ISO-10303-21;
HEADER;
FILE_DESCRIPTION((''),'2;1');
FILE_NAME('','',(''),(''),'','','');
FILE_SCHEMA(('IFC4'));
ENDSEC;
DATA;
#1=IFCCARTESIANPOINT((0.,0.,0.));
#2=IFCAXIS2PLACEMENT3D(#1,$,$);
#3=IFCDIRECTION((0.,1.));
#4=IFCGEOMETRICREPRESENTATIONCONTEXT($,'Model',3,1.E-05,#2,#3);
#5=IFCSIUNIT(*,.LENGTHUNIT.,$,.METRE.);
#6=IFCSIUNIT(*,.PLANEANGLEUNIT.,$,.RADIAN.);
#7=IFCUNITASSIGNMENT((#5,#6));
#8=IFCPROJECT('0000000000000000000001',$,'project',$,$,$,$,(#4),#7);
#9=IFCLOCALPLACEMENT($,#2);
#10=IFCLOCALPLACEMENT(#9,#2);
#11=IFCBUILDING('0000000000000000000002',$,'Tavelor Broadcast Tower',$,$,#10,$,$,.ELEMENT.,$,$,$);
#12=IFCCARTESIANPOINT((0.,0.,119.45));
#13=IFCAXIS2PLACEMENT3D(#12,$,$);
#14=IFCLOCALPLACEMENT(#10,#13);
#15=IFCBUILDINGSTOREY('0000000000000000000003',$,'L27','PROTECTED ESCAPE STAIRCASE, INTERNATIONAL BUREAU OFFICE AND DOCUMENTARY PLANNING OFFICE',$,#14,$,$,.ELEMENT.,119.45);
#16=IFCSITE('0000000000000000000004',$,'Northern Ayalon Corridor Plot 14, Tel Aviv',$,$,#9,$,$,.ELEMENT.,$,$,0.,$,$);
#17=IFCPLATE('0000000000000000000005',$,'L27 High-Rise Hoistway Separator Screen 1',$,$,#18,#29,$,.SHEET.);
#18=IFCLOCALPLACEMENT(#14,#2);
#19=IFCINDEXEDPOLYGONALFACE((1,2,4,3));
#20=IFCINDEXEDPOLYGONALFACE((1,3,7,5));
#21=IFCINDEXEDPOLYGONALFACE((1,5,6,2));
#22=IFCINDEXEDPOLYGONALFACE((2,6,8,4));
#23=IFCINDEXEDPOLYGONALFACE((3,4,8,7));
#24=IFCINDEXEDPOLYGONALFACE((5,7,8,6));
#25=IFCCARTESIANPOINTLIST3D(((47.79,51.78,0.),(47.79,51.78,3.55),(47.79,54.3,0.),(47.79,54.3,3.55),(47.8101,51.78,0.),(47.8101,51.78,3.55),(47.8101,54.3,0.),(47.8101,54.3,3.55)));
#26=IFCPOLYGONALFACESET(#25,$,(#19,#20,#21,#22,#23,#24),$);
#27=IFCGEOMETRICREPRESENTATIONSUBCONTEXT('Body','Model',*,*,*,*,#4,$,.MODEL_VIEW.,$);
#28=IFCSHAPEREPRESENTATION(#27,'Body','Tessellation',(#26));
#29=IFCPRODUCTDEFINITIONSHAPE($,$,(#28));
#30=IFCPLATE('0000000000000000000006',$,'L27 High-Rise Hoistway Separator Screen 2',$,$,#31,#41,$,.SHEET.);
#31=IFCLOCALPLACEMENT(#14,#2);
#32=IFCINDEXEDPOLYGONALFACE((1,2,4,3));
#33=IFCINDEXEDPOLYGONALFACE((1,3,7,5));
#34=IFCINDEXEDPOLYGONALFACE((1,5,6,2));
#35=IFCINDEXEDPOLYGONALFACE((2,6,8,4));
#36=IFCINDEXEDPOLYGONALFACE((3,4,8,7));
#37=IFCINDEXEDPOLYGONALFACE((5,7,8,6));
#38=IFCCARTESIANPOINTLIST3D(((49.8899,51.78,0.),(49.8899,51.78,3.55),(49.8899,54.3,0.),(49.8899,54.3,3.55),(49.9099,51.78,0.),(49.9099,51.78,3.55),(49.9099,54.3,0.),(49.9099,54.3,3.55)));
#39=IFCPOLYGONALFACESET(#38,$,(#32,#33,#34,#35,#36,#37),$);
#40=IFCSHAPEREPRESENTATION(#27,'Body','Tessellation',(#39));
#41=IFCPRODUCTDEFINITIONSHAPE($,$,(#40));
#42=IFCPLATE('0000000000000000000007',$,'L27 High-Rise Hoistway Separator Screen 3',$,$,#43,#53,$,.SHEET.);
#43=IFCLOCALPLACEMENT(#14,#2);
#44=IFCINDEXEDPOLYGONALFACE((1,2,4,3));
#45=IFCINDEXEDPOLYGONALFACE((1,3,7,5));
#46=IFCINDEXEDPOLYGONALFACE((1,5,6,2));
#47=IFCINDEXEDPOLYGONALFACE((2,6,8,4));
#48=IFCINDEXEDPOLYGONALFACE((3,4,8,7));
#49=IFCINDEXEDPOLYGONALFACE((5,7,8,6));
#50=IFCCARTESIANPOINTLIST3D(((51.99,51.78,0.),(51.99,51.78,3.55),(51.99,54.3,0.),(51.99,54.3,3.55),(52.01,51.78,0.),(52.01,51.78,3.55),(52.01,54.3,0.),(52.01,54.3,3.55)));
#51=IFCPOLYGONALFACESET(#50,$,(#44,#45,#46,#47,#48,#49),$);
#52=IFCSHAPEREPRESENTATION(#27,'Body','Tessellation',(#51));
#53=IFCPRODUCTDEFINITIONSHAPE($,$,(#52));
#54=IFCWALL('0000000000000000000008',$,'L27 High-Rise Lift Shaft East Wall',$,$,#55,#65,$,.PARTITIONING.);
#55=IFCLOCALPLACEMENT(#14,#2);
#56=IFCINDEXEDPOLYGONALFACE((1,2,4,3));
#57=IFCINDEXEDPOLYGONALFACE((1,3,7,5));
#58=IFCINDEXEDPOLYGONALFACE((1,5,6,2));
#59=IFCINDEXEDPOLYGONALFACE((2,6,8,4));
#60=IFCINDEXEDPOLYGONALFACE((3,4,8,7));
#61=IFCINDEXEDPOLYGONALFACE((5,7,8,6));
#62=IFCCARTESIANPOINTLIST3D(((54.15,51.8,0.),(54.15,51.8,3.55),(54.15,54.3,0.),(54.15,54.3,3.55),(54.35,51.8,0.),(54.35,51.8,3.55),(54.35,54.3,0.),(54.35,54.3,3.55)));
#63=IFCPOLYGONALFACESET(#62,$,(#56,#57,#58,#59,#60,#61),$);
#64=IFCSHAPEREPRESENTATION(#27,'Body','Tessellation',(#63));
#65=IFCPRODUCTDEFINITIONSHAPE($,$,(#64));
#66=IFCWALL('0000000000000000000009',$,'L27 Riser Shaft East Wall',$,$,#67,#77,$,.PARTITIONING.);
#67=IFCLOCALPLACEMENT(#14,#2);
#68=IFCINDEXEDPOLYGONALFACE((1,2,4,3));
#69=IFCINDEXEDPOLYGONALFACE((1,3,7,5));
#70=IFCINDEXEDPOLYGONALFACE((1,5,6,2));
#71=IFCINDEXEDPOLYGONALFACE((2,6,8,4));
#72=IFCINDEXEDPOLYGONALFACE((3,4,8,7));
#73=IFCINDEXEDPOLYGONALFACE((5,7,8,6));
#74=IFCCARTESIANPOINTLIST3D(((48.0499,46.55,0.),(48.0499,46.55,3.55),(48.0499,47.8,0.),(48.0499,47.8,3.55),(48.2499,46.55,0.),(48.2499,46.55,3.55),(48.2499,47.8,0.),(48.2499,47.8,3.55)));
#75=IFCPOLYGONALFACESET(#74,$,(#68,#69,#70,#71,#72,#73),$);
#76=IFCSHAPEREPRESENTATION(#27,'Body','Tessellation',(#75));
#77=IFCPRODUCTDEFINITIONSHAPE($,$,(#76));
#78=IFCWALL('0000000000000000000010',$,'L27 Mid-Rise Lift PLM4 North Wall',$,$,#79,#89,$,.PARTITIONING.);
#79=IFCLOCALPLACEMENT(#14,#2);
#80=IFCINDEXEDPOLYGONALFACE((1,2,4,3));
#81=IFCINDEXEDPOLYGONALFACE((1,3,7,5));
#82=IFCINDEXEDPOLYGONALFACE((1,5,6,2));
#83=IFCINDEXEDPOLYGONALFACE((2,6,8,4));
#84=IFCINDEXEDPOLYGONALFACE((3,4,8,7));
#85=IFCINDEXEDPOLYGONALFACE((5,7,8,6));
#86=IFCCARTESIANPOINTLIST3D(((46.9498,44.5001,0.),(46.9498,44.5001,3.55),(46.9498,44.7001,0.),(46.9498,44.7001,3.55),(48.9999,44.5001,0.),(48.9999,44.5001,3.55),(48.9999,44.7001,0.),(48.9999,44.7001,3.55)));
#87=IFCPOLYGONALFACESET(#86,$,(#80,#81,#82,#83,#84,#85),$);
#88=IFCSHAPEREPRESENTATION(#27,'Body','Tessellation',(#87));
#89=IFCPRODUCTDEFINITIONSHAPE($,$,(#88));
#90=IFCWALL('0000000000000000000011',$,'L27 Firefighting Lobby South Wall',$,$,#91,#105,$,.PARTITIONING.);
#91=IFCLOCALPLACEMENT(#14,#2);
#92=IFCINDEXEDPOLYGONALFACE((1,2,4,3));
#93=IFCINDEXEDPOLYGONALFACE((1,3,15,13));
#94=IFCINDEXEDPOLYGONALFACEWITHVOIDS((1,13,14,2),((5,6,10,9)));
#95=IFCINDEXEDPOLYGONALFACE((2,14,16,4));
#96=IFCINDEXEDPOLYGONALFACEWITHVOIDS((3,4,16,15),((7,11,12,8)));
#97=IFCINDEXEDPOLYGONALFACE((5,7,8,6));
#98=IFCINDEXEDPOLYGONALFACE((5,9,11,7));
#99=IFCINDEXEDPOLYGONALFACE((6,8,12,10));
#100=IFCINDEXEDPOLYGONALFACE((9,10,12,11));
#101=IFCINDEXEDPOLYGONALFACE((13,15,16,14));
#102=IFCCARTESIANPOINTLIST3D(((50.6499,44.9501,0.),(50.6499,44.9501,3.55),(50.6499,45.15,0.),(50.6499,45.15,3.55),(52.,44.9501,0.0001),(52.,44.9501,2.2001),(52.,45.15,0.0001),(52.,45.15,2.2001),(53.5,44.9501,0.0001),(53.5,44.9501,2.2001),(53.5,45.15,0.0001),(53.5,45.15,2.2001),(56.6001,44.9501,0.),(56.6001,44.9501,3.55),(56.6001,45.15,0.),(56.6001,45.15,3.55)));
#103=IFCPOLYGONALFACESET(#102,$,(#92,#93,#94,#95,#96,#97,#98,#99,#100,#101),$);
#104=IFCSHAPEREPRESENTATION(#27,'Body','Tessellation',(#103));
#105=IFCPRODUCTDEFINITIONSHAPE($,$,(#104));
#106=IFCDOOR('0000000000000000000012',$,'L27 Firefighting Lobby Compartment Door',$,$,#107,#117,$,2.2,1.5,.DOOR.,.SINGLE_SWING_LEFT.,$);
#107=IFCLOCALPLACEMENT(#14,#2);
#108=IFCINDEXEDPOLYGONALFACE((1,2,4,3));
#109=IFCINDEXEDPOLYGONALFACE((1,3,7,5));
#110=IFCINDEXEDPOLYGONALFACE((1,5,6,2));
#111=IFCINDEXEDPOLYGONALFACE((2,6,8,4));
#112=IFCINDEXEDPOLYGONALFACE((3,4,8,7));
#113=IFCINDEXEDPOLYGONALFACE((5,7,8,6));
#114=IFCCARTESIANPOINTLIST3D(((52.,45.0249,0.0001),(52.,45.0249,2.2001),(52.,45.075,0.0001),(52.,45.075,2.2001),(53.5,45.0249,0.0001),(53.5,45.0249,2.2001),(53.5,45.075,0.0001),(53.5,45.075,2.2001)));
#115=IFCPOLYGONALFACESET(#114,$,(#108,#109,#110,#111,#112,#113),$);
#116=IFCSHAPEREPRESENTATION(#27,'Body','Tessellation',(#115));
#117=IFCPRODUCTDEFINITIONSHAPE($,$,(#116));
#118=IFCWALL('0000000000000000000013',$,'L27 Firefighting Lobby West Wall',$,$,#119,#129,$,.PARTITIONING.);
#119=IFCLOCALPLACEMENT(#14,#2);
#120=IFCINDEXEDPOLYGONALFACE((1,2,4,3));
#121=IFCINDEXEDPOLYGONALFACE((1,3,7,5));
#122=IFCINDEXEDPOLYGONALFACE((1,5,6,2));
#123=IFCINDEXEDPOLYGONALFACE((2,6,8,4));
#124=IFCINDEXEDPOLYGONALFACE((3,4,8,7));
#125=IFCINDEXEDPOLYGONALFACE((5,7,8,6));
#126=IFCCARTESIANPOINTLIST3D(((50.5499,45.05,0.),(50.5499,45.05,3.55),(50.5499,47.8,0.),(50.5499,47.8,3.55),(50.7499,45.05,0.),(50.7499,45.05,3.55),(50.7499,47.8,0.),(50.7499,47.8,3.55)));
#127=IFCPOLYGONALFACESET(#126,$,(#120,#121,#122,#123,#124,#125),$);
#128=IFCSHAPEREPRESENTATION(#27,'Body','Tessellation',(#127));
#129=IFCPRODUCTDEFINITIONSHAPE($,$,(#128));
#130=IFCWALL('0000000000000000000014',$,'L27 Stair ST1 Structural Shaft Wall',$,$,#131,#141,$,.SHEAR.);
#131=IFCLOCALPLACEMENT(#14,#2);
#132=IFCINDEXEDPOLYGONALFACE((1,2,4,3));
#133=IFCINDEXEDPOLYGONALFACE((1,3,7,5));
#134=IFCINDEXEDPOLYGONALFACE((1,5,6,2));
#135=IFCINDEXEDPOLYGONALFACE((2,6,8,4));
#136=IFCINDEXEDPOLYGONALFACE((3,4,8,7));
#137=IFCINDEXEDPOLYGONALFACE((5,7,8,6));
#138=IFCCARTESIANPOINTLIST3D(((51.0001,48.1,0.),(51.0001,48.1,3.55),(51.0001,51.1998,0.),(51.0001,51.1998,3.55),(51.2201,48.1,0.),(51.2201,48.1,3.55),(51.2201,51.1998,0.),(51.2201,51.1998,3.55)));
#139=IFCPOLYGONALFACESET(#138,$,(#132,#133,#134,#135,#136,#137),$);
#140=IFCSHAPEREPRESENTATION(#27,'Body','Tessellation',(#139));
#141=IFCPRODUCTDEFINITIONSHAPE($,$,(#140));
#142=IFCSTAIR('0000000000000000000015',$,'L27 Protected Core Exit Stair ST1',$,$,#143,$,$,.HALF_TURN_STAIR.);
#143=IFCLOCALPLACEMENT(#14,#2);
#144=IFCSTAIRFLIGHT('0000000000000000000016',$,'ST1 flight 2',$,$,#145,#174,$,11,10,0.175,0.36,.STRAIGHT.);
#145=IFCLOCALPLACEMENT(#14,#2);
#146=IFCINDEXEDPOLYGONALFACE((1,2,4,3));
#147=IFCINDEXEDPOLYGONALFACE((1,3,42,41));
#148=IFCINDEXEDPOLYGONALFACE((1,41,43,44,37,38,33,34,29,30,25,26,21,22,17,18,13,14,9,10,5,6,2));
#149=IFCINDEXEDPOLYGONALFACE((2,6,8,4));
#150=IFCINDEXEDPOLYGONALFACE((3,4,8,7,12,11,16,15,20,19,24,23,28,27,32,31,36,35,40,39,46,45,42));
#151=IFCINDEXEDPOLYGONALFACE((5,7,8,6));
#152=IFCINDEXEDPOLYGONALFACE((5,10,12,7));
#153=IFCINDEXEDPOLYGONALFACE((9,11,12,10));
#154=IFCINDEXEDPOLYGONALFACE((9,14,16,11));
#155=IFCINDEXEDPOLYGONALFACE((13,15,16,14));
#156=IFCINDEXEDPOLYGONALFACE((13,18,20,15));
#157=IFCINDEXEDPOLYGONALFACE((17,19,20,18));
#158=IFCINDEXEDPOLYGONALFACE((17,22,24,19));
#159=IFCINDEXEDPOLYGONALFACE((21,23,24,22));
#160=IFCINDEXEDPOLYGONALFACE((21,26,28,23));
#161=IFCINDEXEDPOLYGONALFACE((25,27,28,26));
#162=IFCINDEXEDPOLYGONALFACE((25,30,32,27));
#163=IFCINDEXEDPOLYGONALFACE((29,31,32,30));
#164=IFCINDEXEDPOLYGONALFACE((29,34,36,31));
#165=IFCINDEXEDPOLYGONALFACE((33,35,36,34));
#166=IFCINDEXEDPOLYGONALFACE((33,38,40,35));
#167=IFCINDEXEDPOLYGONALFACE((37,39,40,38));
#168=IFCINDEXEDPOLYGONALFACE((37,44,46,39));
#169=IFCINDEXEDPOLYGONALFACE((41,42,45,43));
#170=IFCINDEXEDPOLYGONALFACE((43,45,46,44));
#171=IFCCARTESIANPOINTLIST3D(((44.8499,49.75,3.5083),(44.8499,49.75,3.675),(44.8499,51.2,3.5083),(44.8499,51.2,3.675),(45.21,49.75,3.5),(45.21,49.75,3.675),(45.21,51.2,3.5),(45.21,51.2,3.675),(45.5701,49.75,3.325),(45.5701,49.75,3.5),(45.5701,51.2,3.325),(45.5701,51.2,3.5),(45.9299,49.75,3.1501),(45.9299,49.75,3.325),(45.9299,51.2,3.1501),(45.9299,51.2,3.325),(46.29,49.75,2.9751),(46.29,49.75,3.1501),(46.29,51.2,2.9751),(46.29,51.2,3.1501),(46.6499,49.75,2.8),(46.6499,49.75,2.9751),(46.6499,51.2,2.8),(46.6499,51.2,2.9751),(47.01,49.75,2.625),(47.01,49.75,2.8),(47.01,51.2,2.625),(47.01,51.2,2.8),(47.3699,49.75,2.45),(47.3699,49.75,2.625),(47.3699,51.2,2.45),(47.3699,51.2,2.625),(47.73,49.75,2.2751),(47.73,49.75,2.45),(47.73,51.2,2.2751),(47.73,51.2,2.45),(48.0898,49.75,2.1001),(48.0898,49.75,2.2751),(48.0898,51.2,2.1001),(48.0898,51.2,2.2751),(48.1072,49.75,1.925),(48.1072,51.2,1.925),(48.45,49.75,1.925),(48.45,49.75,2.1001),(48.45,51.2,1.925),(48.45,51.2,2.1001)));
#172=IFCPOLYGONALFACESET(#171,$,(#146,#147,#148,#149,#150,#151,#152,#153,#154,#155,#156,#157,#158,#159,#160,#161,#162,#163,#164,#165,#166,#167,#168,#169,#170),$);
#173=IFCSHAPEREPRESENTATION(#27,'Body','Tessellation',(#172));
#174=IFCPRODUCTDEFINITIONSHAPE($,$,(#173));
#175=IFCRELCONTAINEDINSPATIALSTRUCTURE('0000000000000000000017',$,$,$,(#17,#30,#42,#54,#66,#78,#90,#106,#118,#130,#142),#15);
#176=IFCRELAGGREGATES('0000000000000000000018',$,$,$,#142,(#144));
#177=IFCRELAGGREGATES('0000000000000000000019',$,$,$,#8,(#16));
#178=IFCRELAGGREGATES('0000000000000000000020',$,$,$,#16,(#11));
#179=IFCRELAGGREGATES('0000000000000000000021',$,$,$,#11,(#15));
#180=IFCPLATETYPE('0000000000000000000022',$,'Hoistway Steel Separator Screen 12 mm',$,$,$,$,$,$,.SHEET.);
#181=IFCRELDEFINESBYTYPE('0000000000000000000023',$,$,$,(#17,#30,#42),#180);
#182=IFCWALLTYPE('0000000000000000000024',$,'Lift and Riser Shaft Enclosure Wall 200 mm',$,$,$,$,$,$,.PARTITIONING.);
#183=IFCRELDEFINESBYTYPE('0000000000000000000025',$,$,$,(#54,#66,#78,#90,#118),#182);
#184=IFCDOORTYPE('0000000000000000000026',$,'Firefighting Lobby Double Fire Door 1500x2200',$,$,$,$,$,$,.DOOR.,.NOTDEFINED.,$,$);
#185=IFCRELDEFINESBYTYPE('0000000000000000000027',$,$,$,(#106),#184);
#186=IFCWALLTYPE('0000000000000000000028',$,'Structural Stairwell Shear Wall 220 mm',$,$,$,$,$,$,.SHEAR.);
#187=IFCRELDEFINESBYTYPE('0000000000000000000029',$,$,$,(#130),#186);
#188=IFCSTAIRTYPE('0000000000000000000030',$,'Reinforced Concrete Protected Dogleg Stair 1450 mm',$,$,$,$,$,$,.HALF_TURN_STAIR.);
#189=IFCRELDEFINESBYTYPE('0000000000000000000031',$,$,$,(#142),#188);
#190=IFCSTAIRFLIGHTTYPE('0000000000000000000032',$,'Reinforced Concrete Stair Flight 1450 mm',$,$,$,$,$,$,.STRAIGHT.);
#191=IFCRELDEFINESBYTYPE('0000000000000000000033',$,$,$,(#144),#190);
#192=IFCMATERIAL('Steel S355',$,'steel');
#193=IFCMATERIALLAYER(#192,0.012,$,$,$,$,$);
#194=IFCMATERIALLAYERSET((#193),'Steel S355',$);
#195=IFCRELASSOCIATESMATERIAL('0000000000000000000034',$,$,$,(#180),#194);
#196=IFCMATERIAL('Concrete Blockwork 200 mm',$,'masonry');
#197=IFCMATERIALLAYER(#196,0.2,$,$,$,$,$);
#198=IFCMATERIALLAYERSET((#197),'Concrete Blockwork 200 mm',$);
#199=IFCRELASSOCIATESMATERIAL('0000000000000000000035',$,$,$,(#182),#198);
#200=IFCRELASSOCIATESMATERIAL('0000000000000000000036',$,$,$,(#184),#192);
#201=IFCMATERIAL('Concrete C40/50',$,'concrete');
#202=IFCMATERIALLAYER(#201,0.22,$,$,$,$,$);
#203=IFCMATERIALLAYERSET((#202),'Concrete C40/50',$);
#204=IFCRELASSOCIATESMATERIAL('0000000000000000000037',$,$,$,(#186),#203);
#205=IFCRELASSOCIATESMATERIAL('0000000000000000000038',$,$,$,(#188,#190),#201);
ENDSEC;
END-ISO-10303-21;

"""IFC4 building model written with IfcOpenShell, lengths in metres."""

from ifc_helpers import new_model, si_unit, direction, frame, frame_2d, origin, origin_2d, place, context, subcontext, project, spatial, polyline, rectangle, outline, extrude, source, transform, mapped, material, layer, layer_set, type_object, type_shapes, element, fill, aggregate, save


model = new_model("IFC4")

# Units and contexts
model_context = context("Model", 3, precision=1e-05, world=origin(), true_north=direction((0.0, 1.0)))
body_context = subcontext(model_context, "Body", "Model", "MODEL_VIEW")
ifc_project = project(units=[si_unit("LENGTHUNIT", "METRE"), si_unit("PLANEANGLEUNIT", "RADIAN")], contexts=[model_context])

# Site, building, storey
site_placement = place(None, origin())
site = spatial("IfcSite", under=ifc_project, at=site_placement, Name="Northern Ayalon Corridor Plot 14, Tel Aviv", CompositionType="ELEMENT", RefElevation=0.0)
building_placement = place(site_placement, origin())
building = spatial("IfcBuilding", under=site, at=building_placement, Name="Tavelor Broadcast Tower", CompositionType="ELEMENT")
storey_placement = place(building_placement, frame((0.0, 0.0, 119.45)))
storey = spatial("IfcBuildingStorey", under=building, at=storey_placement, Name="L27", Description="PROTECTED ESCAPE STAIRCASE, INTERNATIONAL BUREAU OFFICE AND DOCUMENTARY PLANNING OFFICE", CompositionType="ELEMENT", Elevation=119.45)

# Shared definitions
ifc_material_1 = material(Name="Concrete C40/50", Category="concrete")
ifc_material_2 = material(Name="Steel S355", Category="steel")

# Plates
ifc_layer_1 = layer(ifc_material_2, 0.012)
ifc_layer_set_1 = layer_set([ifc_layer_1], Name="Steel S355")
plate_type = type_object("IfcPlateType", Name="Hoistway Steel Separator Screen 12 mm", PredefinedType="SHEET", material=ifc_layer_set_1)
shared_shape = source(origin(), body_context, "Body", "SweptSolid", [
    extrude(rectangle(XDim=0.02, YDim=2.52, at=origin_2d()), origin(), (0.0, 0.0, 1.0), 3.55),
])
type_shapes(plate_type, [shared_shape])
for number, where, z_axis, x_axis, name in (
    (1, (47.8, 53.04, 0.0), (0.0, 0.0, 1.0), (1.0, 0.0, 0.0), "L27 High-Rise Hoistway Separator Screen 1"),
    (2, (49.8999, 53.04, 0.0), (0.0, 0.0, 1.0), (1.0, 0.0, 0.0), "L27 High-Rise Hoistway Separator Screen 2"),
    (3, (52.0, 53.04, 0.0), (0.0, 0.0, 1.0), (1.0, 0.0, 0.0), "L27 High-Rise Hoistway Separator Screen 3"),
):
    element("IfcPlate", number, at=place(storey_placement, frame(where, z_axis=z_axis, x_axis=x_axis)), inside=storey, type_object=plate_type, Name=name, PredefinedType="SHEET", context=body_context, shape_type="MappedRepresentation", body=[
        mapped(shared_shape, transform((0.0, 0.0, 0.0), scale=1.0)),
    ])

# Walls
ifc_material_3 = material(Name="Concrete Blockwork 200 mm", Category="masonry")
ifc_layer_2 = layer(ifc_material_3, 0.2)
ifc_layer_set_2 = layer_set([ifc_layer_2], Name="Concrete Blockwork 200 mm")
wall_type_1 = type_object("IfcWallType", Name="Lift and Riser Shaft Enclosure Wall 200 mm", PredefinedType="PARTITIONING", material=ifc_layer_set_2)
wall_1_placement = place(storey_placement, frame((54.25, 51.8, 0.0), z_axis=(0.0, 0.0, 1.0), x_axis=(0.0, 1.0, 0.0)))
element("IfcWall", 4, at=wall_1_placement, inside=storey, type_object=wall_type_1, Name="L27 High-Rise Lift Shaft East Wall", PredefinedType="PARTITIONING", context=body_context, shape_type="SweptSolid", body=[
    extrude(rectangle(XDim=2.5, YDim=0.2, at=frame_2d((1.25, 0.0))), origin(), (0.0, 0.0, 1.0), 3.55),
])
wall_2_placement = place(storey_placement, frame((48.1499, 46.55, 0.0), z_axis=(0.0, 0.0, 1.0), x_axis=(0.0, 1.0, 0.0)))
element("IfcWall", 5, at=wall_2_placement, inside=storey, type_object=wall_type_1, Name="L27 Riser Shaft East Wall", PredefinedType="PARTITIONING", context=body_context, shape_type="SweptSolid", body=[
    extrude(rectangle(XDim=1.25, YDim=0.2, at=frame_2d((0.625, 0.0))), origin(), (0.0, 0.0, 1.0), 3.55),
])
wall_3_placement = place(storey_placement, frame((46.95, 44.6001, 0.0), z_axis=(0.0, 0.0, 1.0), x_axis=(1.0, 0.0, 0.0)))
element("IfcWall", 6, at=wall_3_placement, inside=storey, type_object=wall_type_1, Name="L27 Mid-Rise Lift PLM4 North Wall", PredefinedType="PARTITIONING", context=body_context, shape_type="SweptSolid", body=[
    extrude(rectangle(XDim=2.05, YDim=0.2, at=frame_2d((1.0249, 0.0))), origin(), (0.0, 0.0, 1.0), 3.55),
])

# Wall, opening, door
wall_4_placement = place(storey_placement, frame((50.6499, 45.05, 0.0), z_axis=(0.0, 0.0, 1.0), x_axis=(1.0, 0.0, 0.0)))
wall_4 = element("IfcWall", 7, at=wall_4_placement, inside=storey, type_object=wall_type_1, Name="L27 Firefighting Lobby South Wall", PredefinedType="PARTITIONING", context=body_context, shape_type="SweptSolid", body=[
    extrude(rectangle(XDim=5.9502, YDim=0.2, at=frame_2d((2.9751, 0.0))), origin(), (0.0, 0.0, 1.0), 3.55),
])
opening_placement = place(wall_4_placement, frame((1.3501, 0.0, 0.0)))
opening = element("IfcOpeningElement", 8, at=opening_placement, cuts=wall_4, PredefinedType="OPENING", context=body_context, shape_type="SweptSolid", body=[
    extrude(rectangle(XDim=1.5, YDim=2.2, at=frame_2d((0.75, 1.1001))), frame((0.0, 0.1099, 0.0), z_axis=(0.0, -1.0, 0.0), x_axis=(1.0, 0.0, 0.0)), (0.0, 0.0, 1.0), 0.22),
])
door_type = type_object("IfcDoorType", Name="Firefighting Lobby Double Fire Door 1500x2200", OperationType="NOTDEFINED", PredefinedType="DOOR", material=ifc_material_2)
door_placement = place(opening_placement, origin())
door = element("IfcDoor", 9, at=door_placement, inside=storey, type_object=door_type, Name="L27 Firefighting Lobby Compartment Door", OperationType="SINGLE_SWING_LEFT", OverallHeight=2.2, OverallWidth=1.5, PredefinedType="DOOR", context=body_context, shape_type="SweptSolid", body=[
    extrude(rectangle(XDim=1.5, YDim=2.2, at=frame_2d((0.75, 1.1001))), frame((0.0, 0.0249, 0.0), z_axis=(0.0, -1.0, 0.0), x_axis=(1.0, 0.0, 0.0)), (0.0, 0.0, 1.0), 0.05),
])
fill(opening, door)

# Walls
wall_5_placement = place(storey_placement, frame((50.6499, 45.05, 0.0), z_axis=(0.0, 0.0, 1.0), x_axis=(0.0, 1.0, 0.0)))
element("IfcWall", 10, at=wall_5_placement, inside=storey, type_object=wall_type_1, Name="L27 Firefighting Lobby West Wall", PredefinedType="PARTITIONING", context=body_context, shape_type="SweptSolid", body=[
    extrude(rectangle(XDim=2.75, YDim=0.2, at=frame_2d((1.375, 0.0))), origin(), (0.0, 0.0, 1.0), 3.55),
])
ifc_layer_3 = layer(ifc_material_1, 0.22)
ifc_layer_set_3 = layer_set([ifc_layer_3], Name="Concrete C40/50")
wall_type_2 = type_object("IfcWallType", Name="Structural Stairwell Shear Wall 220 mm", PredefinedType="SHEAR", material=ifc_layer_set_3)
wall_6_placement = place(storey_placement, frame((51.1101, 48.1001, 0.0), z_axis=(0.0, 0.0, 1.0), x_axis=(0.0, 1.0, 0.0)))
element("IfcWall", 11, at=wall_6_placement, inside=storey, type_object=wall_type_2, Name="L27 Stair ST1 Structural Shaft Wall", PredefinedType="SHEAR", context=body_context, shape_type="SweptSolid", body=[
    extrude(rectangle(XDim=3.0999, YDim=0.22, at=frame_2d((1.5498, 0.0))), origin(), (0.0, 0.0, 1.0), 3.55),
])

# Stair, stair flight
stair_type = type_object("IfcStairType", Name="Reinforced Concrete Protected Dogleg Stair 1450 mm", PredefinedType="HALF_TURN_STAIR", material=ifc_material_1)
stair_placement = place(storey_placement, origin())
stair = element("IfcStair", 12, at=stair_placement, inside=storey, type_object=stair_type, Name="L27 Protected Core Exit Stair ST1", PredefinedType="HALF_TURN_STAIR")
stair_flight_type = type_object("IfcStairFlightType", Name="Reinforced Concrete Stair Flight 1450 mm", PredefinedType="STRAIGHT", material=ifc_material_1)
stair_flight_placement = place(storey_placement, frame((48.45, 50.4751, 1.925), z_axis=(0.0, 0.0, 1.0), x_axis=(-1.0, 0.0, 0.0)))
stair_flight = element("IfcStairFlight", 13, at=stair_flight_placement, type_object=stair_flight_type, Name="ST1 flight 2", NumberOfRisers=11, NumberOfTreads=10, PredefinedType="STRAIGHT", RiserHeight=0.175, TreadLength=0.36, context=body_context, shape_type="SweptSolid", body=[
    extrude(outline(polyline([(0.0, 0.0), (0.0, 0.175), (0.3601, 0.175), (0.3601, 0.3501), (0.72, 0.3501), (0.72, 0.5249), (1.0801, 0.5249), (1.0801, 0.7), (1.4399, 0.7), (1.4399, 0.875), (1.8, 0.875), (1.8, 1.05), (2.1599, 1.05), (2.1599, 1.2251), (2.52, 1.2251), (2.52, 1.3999), (2.8799, 1.3999), (2.8799, 1.575), (3.24, 1.575), (3.24, 1.75), (3.6001, 1.75), (3.6001, 1.925), (3.6001, 1.5833), (0.3428, 0.0), (0.0, 0.0)])), frame((0.0, 0.7251, 0.0), z_axis=(0.0, -1.0, 0.0), x_axis=(1.0, 0.0, 0.0)), (0.0, 0.0, 1.0), 1.45),
])
aggregate(stair, [stair_flight])

save(model, "model.ifc")
